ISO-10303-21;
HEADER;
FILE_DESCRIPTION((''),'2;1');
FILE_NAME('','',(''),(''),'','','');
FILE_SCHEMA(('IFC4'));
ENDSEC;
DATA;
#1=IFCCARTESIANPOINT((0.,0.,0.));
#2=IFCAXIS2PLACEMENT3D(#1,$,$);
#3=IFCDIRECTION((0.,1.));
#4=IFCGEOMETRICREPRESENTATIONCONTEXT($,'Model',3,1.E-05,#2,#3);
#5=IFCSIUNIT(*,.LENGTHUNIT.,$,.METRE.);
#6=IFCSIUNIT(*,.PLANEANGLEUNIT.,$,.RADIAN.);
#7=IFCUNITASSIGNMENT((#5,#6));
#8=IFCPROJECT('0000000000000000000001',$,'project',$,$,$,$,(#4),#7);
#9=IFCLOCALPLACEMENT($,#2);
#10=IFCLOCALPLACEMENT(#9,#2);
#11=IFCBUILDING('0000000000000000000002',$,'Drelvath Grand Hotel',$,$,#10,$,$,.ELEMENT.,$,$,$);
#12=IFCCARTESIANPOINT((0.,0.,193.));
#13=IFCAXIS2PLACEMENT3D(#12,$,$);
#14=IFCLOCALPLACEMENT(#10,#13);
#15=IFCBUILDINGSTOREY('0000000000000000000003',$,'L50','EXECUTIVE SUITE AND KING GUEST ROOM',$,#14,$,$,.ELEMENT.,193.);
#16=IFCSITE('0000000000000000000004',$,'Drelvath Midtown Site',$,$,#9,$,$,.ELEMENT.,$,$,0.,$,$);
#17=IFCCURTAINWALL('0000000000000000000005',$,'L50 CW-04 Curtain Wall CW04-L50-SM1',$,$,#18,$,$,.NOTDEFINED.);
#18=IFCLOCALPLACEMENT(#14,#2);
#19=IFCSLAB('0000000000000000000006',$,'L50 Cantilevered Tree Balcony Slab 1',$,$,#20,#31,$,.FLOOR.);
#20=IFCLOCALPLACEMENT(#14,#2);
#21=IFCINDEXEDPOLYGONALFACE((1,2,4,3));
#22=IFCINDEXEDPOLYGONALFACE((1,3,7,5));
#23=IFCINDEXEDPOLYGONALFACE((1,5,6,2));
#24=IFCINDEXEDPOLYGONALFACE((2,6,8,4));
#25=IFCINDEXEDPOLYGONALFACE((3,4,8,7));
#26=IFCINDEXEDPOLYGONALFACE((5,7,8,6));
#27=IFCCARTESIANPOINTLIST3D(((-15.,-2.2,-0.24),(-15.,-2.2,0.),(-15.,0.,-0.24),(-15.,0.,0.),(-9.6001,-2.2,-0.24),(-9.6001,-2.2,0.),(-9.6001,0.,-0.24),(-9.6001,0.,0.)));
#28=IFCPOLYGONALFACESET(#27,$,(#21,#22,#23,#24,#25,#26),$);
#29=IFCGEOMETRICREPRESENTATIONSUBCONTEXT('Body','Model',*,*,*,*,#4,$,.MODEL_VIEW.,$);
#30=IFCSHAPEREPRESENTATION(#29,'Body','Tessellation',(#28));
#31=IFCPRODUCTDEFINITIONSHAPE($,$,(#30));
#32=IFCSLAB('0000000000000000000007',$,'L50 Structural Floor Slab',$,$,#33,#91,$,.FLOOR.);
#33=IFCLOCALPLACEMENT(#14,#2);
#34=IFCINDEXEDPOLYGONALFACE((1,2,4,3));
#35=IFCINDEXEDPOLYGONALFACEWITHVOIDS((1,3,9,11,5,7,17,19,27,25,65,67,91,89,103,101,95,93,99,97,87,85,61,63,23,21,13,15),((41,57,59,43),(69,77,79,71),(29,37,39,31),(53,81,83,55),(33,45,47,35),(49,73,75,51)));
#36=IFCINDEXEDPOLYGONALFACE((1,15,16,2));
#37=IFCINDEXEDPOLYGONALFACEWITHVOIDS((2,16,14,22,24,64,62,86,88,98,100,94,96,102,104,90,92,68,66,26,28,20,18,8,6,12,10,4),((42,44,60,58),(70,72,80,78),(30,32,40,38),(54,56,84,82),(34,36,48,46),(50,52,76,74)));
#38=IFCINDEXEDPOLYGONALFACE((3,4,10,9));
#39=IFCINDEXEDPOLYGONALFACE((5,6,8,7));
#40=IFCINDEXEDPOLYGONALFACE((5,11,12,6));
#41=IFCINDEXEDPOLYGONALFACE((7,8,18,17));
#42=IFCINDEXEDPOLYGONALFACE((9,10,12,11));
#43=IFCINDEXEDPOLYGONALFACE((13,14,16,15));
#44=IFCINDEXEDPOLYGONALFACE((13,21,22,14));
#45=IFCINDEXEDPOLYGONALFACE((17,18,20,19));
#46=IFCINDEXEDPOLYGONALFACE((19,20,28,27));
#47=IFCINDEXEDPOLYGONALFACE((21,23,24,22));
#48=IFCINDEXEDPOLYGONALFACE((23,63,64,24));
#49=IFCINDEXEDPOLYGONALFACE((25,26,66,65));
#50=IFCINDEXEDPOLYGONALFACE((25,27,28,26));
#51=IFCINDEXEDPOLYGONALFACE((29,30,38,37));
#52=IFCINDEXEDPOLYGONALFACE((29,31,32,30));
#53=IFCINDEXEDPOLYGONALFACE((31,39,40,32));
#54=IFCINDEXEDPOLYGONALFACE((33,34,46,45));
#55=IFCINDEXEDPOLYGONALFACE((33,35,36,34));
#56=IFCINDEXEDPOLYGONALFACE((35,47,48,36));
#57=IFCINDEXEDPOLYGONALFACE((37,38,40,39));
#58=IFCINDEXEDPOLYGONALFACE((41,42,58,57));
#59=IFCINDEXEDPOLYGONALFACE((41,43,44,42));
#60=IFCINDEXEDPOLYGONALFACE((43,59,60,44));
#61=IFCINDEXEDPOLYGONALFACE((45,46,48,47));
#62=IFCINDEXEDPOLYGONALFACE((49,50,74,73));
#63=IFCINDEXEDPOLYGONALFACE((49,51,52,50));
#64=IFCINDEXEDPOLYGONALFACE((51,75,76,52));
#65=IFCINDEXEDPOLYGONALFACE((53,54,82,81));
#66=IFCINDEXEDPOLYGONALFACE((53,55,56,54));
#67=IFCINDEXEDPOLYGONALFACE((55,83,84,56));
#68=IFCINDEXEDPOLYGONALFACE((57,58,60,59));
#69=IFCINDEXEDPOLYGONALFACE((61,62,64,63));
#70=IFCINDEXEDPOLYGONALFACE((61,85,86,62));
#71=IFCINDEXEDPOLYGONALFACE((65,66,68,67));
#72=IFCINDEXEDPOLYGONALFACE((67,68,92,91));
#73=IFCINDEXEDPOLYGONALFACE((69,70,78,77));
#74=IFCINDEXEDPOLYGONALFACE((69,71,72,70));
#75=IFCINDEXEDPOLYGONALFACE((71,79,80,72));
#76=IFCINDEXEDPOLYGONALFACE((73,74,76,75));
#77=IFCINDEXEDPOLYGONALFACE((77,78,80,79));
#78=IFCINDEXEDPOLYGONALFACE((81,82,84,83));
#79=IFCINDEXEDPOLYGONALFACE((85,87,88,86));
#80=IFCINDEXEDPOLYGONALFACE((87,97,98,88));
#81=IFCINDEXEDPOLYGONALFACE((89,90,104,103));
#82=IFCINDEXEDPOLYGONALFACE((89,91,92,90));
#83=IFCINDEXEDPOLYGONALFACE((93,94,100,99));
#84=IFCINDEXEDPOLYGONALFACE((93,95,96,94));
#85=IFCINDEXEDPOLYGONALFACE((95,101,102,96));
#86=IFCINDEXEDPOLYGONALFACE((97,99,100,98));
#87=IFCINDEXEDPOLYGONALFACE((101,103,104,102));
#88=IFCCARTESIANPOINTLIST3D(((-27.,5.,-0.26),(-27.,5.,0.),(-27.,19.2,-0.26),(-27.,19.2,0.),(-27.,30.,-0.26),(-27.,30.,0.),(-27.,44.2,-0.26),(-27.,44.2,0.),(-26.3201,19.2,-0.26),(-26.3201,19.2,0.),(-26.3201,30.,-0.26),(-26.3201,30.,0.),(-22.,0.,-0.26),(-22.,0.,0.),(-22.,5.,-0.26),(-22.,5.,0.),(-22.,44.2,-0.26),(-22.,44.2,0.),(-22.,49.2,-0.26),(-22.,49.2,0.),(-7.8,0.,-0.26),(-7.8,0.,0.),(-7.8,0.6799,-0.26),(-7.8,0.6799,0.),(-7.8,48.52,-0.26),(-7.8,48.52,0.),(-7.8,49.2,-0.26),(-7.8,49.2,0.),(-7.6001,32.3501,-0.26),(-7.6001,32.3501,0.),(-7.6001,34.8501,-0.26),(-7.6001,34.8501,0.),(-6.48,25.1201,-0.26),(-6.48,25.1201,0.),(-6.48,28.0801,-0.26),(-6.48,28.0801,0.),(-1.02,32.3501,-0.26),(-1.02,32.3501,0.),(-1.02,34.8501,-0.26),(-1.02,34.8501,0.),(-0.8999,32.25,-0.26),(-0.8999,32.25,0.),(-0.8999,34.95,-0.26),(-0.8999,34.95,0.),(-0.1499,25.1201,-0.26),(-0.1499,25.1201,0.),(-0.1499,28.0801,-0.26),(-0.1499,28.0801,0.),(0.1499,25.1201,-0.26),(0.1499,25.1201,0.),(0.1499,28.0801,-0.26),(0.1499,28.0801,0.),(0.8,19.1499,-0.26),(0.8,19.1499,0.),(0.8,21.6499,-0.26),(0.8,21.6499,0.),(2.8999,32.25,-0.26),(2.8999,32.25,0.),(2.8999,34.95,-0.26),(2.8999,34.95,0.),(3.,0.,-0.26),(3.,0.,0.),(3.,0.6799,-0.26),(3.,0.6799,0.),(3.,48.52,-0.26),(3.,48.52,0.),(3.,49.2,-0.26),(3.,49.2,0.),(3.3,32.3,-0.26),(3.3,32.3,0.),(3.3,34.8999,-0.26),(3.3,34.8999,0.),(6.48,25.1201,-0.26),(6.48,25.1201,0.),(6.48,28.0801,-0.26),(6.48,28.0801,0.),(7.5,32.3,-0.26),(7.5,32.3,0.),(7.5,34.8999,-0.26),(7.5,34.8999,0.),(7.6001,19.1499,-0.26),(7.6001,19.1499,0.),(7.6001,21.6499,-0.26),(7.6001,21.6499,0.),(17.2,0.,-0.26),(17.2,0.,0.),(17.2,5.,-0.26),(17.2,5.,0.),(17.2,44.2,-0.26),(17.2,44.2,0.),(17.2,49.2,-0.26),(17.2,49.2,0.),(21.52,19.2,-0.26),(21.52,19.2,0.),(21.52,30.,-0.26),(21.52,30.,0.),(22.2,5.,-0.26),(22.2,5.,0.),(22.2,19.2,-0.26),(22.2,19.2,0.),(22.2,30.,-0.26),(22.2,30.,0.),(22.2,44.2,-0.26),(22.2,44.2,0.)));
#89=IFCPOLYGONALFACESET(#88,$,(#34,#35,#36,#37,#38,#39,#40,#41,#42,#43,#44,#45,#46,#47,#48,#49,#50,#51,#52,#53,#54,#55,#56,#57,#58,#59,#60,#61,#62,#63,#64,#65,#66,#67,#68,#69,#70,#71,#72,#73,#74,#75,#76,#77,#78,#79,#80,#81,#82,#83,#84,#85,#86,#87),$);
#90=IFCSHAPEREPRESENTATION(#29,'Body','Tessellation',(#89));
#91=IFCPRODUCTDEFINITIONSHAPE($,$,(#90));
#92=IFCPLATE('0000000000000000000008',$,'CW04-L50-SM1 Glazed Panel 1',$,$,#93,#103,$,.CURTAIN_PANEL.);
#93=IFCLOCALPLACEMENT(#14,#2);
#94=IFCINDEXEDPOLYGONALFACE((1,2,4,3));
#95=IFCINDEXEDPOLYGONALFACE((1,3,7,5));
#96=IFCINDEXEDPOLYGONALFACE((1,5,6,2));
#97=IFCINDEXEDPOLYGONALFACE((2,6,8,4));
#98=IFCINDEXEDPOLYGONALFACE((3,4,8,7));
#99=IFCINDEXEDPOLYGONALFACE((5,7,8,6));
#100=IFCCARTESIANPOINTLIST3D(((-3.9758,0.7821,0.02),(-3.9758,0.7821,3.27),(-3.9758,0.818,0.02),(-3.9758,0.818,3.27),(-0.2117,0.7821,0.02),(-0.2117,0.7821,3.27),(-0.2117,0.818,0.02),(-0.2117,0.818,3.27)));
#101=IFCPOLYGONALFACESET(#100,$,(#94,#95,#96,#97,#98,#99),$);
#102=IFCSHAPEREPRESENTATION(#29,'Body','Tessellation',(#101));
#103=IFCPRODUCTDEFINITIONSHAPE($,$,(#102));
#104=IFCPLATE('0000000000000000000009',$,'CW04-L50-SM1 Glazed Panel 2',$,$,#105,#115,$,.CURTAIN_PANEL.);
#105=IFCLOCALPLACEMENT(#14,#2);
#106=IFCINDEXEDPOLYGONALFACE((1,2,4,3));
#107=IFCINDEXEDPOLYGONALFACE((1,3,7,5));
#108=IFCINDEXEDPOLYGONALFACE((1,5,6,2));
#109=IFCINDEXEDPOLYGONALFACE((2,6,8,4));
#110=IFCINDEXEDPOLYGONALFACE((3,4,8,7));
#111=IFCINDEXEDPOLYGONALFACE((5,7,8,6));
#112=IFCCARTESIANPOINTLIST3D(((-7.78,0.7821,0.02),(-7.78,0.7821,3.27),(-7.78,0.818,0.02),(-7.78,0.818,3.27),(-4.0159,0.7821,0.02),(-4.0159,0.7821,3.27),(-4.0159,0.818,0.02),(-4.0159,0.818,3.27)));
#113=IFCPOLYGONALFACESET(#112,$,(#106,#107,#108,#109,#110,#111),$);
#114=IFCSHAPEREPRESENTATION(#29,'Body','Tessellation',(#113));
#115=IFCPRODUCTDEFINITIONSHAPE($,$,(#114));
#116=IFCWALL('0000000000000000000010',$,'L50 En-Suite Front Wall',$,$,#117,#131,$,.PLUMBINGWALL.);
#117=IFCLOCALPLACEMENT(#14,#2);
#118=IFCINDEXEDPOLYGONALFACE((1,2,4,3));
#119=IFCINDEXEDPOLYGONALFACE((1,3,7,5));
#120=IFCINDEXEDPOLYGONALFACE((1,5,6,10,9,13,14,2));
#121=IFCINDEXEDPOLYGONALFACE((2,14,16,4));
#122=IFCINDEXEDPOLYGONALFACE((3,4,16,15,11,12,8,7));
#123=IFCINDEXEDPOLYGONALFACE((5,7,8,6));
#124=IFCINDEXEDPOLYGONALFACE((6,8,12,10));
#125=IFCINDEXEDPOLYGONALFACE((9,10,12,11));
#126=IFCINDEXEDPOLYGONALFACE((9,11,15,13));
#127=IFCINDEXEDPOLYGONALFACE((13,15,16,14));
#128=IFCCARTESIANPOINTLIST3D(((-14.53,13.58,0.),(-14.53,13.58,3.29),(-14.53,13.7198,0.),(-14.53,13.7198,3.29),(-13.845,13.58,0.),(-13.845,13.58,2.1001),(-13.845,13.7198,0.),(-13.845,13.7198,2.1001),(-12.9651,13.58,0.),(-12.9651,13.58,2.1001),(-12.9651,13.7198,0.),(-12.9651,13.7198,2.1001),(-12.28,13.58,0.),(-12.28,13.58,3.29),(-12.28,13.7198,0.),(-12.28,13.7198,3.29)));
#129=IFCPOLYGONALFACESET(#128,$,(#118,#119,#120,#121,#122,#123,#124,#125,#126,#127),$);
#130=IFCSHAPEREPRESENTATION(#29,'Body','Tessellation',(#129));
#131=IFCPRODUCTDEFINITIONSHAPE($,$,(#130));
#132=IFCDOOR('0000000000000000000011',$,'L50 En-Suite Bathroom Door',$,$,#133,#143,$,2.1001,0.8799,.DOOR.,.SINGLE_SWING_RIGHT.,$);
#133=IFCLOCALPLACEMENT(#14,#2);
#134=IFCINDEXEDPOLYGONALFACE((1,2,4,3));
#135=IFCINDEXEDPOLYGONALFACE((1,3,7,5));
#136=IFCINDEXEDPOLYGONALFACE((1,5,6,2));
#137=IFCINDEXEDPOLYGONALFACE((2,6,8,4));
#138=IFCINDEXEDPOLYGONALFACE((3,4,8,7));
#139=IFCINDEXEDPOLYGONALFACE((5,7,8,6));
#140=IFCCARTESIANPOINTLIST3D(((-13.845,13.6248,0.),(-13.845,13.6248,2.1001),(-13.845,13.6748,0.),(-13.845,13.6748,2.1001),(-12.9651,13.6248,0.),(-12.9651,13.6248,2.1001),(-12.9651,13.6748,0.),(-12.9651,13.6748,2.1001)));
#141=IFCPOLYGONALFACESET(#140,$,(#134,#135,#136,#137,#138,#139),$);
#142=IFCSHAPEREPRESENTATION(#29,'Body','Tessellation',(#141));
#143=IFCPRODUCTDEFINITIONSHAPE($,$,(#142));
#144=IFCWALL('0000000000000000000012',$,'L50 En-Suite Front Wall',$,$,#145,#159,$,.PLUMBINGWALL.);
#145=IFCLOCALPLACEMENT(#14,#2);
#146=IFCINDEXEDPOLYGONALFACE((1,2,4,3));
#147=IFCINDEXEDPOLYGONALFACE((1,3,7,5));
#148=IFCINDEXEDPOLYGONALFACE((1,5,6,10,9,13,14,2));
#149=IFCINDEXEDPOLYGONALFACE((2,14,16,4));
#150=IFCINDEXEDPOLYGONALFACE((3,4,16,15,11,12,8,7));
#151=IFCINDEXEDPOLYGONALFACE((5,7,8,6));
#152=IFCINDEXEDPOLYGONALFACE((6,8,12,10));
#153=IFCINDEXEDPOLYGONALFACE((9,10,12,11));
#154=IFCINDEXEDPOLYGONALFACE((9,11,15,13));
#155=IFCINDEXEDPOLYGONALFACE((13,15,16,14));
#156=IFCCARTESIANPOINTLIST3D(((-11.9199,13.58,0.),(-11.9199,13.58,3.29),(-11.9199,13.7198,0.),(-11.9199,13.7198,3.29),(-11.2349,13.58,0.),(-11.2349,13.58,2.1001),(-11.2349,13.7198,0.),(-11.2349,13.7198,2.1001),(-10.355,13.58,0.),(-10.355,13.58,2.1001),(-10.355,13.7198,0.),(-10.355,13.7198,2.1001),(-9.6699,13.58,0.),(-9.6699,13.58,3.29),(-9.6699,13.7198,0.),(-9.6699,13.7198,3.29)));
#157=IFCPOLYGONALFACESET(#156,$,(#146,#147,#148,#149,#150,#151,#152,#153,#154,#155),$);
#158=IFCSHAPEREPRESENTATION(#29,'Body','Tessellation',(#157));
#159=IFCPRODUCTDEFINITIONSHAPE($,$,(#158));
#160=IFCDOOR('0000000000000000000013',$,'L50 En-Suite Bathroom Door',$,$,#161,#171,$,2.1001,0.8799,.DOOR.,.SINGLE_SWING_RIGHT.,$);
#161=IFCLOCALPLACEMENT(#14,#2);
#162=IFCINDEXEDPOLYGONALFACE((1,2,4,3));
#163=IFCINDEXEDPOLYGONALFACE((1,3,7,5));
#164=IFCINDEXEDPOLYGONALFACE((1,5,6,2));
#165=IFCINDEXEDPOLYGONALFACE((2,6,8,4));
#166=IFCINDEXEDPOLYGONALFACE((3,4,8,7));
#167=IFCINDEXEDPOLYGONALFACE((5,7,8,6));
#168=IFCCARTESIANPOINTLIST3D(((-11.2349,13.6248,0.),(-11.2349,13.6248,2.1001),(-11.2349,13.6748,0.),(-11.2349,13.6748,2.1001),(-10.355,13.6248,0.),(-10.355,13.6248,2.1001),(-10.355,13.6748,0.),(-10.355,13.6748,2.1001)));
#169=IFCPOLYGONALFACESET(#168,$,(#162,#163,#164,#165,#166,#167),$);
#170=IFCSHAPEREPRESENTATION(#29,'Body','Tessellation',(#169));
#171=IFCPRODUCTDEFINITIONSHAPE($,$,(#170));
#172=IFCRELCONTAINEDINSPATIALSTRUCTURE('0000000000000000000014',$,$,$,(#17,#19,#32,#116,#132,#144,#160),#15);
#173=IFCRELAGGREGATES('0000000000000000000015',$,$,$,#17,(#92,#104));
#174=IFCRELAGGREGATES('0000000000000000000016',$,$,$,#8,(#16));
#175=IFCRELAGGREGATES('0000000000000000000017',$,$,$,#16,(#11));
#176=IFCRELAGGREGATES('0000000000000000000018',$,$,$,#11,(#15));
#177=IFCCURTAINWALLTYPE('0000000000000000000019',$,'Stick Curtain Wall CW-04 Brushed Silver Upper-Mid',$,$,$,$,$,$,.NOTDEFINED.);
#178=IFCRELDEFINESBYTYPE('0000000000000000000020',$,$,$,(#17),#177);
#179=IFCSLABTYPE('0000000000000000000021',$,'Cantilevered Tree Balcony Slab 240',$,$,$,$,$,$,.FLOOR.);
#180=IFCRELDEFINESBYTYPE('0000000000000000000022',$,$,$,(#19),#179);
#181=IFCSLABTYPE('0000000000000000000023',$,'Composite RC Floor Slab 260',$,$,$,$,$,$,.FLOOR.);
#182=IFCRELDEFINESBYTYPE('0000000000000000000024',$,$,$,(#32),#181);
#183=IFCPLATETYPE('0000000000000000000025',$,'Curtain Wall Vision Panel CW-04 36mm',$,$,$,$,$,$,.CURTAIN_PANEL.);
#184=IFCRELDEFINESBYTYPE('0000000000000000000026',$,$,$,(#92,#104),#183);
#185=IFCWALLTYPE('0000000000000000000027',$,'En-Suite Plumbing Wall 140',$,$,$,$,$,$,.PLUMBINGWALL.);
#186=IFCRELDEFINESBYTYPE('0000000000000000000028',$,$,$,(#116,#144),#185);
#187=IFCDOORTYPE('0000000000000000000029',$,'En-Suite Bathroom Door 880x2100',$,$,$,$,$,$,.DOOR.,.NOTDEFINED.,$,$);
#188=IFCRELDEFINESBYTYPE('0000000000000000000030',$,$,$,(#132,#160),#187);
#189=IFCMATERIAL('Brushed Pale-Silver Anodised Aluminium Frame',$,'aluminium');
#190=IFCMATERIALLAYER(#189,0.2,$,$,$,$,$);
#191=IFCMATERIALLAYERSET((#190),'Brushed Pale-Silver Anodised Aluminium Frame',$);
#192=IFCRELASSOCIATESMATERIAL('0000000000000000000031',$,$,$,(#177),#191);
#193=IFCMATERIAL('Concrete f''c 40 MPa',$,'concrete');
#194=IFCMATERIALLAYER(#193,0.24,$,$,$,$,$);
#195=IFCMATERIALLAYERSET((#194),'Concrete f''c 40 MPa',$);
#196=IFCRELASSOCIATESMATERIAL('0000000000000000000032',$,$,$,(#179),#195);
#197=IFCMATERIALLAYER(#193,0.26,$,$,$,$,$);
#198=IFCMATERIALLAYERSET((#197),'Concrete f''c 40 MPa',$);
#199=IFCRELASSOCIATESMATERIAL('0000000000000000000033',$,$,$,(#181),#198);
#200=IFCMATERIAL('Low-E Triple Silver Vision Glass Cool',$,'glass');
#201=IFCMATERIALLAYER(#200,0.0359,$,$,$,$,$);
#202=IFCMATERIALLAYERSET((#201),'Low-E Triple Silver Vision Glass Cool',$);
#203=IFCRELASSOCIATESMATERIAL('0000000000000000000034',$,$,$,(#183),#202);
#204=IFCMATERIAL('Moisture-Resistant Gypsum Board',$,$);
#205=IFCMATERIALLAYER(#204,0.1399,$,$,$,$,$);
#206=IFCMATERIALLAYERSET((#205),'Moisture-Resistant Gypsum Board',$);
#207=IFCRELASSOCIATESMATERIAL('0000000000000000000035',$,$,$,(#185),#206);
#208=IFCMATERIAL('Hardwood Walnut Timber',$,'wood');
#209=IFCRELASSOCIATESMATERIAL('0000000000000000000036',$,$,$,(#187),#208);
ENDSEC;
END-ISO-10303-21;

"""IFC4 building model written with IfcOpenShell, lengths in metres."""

from ifc_helpers import new_model, si_unit, direction, frame, frame_2d, origin, origin_2d, place, context, subcontext, project, spatial, polyline, rectangle, outline, extrude, material, layer, layer_set, type_object, element, fill, aggregate, save


model = new_model("IFC4")

# Units and contexts
model_context = context("Model", 3, precision=1e-05, world=origin(), true_north=direction((0.0, 1.0)))
body_context = subcontext(model_context, "Body", "Model", "MODEL_VIEW")
ifc_project = project(units=[si_unit("LENGTHUNIT", "METRE"), si_unit("PLANEANGLEUNIT", "RADIAN")], contexts=[model_context])

# Site, building, storey
site_placement = place(None, origin())
site = spatial("IfcSite", under=ifc_project, at=site_placement, Name="Drelvath Midtown Site", CompositionType="ELEMENT", RefElevation=0.0)
building_placement = place(site_placement, origin())
building = spatial("IfcBuilding", under=site, at=building_placement, Name="Drelvath Grand Hotel", CompositionType="ELEMENT")
storey_placement = place(building_placement, frame((0.0, 0.0, 193.0)))
storey = spatial("IfcBuildingStorey", under=building, at=storey_placement, Name="L50", Description="EXECUTIVE SUITE AND KING GUEST ROOM", CompositionType="ELEMENT", Elevation=193.0)

# Curtain wall
ifc_material_1 = material(Name="Brushed Pale-Silver Anodised Aluminium Frame", Category="aluminium")
ifc_layer_1 = layer(ifc_material_1, 0.2)
ifc_layer_set_1 = layer_set([ifc_layer_1], Name="Brushed Pale-Silver Anodised Aluminium Frame")
curtain_wall_type = type_object("IfcCurtainWallType", Name="Stick Curtain Wall CW-04 Brushed Silver Upper-Mid", PredefinedType="NOTDEFINED", material=ifc_layer_set_1)
curtain_wall_placement = place(storey_placement, origin())
curtain_wall = element("IfcCurtainWall", 1, at=curtain_wall_placement, inside=storey, type_object=curtain_wall_type, Name="L50 CW-04 Curtain Wall CW04-L50-SM1", PredefinedType="NOTDEFINED")

# Slabs
ifc_material_2 = material(Name="Concrete f'c 40 MPa", Category="concrete")
ifc_layer_2 = layer(ifc_material_2, 0.24)
ifc_layer_set_2 = layer_set([ifc_layer_2], Name="Concrete f'c 40 MPa")
slab_type_1 = type_object("IfcSlabType", Name="Cantilevered Tree Balcony Slab 240", PredefinedType="FLOOR", material=ifc_layer_set_2)
slab_1_placement = place(storey_placement, frame((0.0, 0.0, -0.24)))
element("IfcSlab", 2, at=slab_1_placement, inside=storey, type_object=slab_type_1, Name="L50 Cantilevered Tree Balcony Slab 1", PredefinedType="FLOOR", context=body_context, shape_type="SweptSolid", body=[
    extrude(outline(polyline([(-15.0, -2.2), (-9.6001, -2.2), (-9.6001, 0.0), (-15.0, 0.0), (-15.0, -2.2)])), origin(), (0.0, 0.0, 1.0), 0.24),
])
ifc_layer_3 = layer(ifc_material_2, 0.26)
ifc_layer_set_3 = layer_set([ifc_layer_3], Name="Concrete f'c 40 MPa")
slab_type_2 = type_object("IfcSlabType", Name="Composite RC Floor Slab 260", PredefinedType="FLOOR", material=ifc_layer_set_3)
slab_2_placement = place(storey_placement, frame((0.0, 0.0, -0.26)))
element("IfcSlab", 3, at=slab_2_placement, inside=storey, type_object=slab_type_2, Name="L50 Structural Floor Slab", PredefinedType="FLOOR", context=body_context, shape_type="SweptSolid", body=[
    extrude(outline(polyline([(-22.0, 0.0), (-7.8, 0.0), (-7.8, 0.6799), (3.0, 0.6799), (3.0, 0.0), (17.2, 0.0), (17.2, 5.0), (22.2, 5.0), (22.2, 19.2), (21.52, 19.2), (21.52, 30.0), (22.2, 30.0), (22.2, 44.2), (17.2, 44.2), (17.2, 49.2), (3.0, 49.2), (3.0, 48.52), (-7.8, 48.52), (-7.8, 49.2), (-22.0, 49.2), (-22.0, 44.2), (-27.0, 44.2), (-27.0, 30.0), (-26.3201, 30.0), (-26.3201, 19.2), (-27.0, 19.2), (-27.0, 5.0), (-22.0, 5.0), (-22.0, 0.0)]), holes=[polyline([(-6.48, 25.1201), (-6.48, 28.0801), (-0.1499, 28.0801), (-0.1499, 25.1201), (-6.48, 25.1201)]), polyline([(0.1499, 25.1201), (0.1499, 28.0801), (6.48, 28.0801), (6.48, 25.1201), (0.1499, 25.1201)]), polyline([(0.8, 19.1499), (0.8, 21.6499), (7.6001, 21.6499), (7.6001, 19.1499), (0.8, 19.1499)]), polyline([(-7.6001, 32.3501), (-7.6001, 34.8501), (-1.02, 34.8501), (-1.02, 32.3501), (-7.6001, 32.3501)]), polyline([(-0.8999, 32.25), (-0.8999, 34.95), (2.8999, 34.95), (2.8999, 32.25), (-0.8999, 32.25)]), polyline([(3.3, 32.3), (3.3, 34.8999), (7.5, 34.8999), (7.5, 32.3), (3.3, 32.3)])]), origin(), (0.0, 0.0, 1.0), 0.26),
])

# Plates
ifc_material_3 = material(Name="Low-E Triple Silver Vision Glass Cool", Category="glass")
ifc_layer_4 = layer(ifc_material_3, 0.0359)
ifc_layer_set_4 = layer_set([ifc_layer_4], Name="Low-E Triple Silver Vision Glass Cool")
plate_type = type_object("IfcPlateType", Name="Curtain Wall Vision Panel CW-04 36mm", PredefinedType="CURTAIN_PANEL", material=ifc_layer_set_4)
plate_1_placement = place(storey_placement, frame((-2.0938, 0.8, 0.02), z_axis=(0.0, 0.0, 1.0), x_axis=(-1.0, 0.0, 0.0)))
plate_1 = element("IfcPlate", 4, at=plate_1_placement, type_object=plate_type, Name="CW04-L50-SM1 Glazed Panel 1", PredefinedType="CURTAIN_PANEL", context=body_context, shape_type="SweptSolid", body=[
    extrude(rectangle(XDim=3.7642, YDim=0.0359, at=origin_2d()), origin(), (0.0, 0.0, 1.0), 3.25),
])
plate_2_placement = place(storey_placement, frame((-5.8979, 0.8, 0.02), z_axis=(0.0, 0.0, 1.0), x_axis=(-1.0, 0.0, 0.0)))
plate_2 = element("IfcPlate", 5, at=plate_2_placement, type_object=plate_type, Name="CW04-L50-SM1 Glazed Panel 2", PredefinedType="CURTAIN_PANEL", context=body_context, shape_type="SweptSolid", body=[
    extrude(rectangle(XDim=3.7642, YDim=0.0359, at=origin_2d()), origin(), (0.0, 0.0, 1.0), 3.25),
])
aggregate(curtain_wall, [plate_1, plate_2])

# Walls, openings, doors
ifc_material_4 = material(Name="Moisture-Resistant Gypsum Board")
ifc_layer_5 = layer(ifc_material_4, 0.1399)
ifc_layer_set_5 = layer_set([ifc_layer_5], Name="Moisture-Resistant Gypsum Board")
wall_type_1 = type_object("IfcWallType", Name="En-Suite Plumbing Wall 140", PredefinedType="PLUMBINGWALL", material=ifc_layer_set_5)
wall_1_placement = place(storey_placement, frame((-14.53, 13.6499, 0.0), z_axis=(0.0, 0.0, 1.0), x_axis=(1.0, 0.0, 0.0)))
wall_1 = element("IfcWall", 6, at=wall_1_placement, inside=storey, type_object=wall_type_1, Name="L50 En-Suite Front Wall", PredefinedType="PLUMBINGWALL", context=body_context, shape_type="SweptSolid", body=[
    extrude(rectangle(XDim=2.25, YDim=0.1399, at=frame_2d((1.125, 0.0))), origin(), (0.0, 0.0, 1.0), 3.29),
])
opening_1_placement = place(wall_1_placement, frame((0.6851, 0.0, 0.0)))
opening_1 = element("IfcOpeningElement", 7, at=opening_1_placement, cuts=wall_1, PredefinedType="OPENING", context=body_context, shape_type="SweptSolid", body=[
    extrude(rectangle(XDim=0.8799, YDim=2.1001, at=frame_2d((0.4399, 1.05))), frame((0.0, 0.0798, 0.0), z_axis=(0.0, -1.0, 0.0), x_axis=(1.0, 0.0, 0.0)), (0.0, 0.0, 1.0), 0.1599),
])
ifc_material_5 = material(Name="Hardwood Walnut Timber", Category="wood")
door_type_1 = type_object("IfcDoorType", Name="En-Suite Bathroom Door 880x2100", OperationType="NOTDEFINED", PredefinedType="DOOR", material=ifc_material_5)
door_1_placement = place(opening_1_placement, origin())
door_1 = element("IfcDoor", 8, at=door_1_placement, inside=storey, type_object=door_type_1, Name="L50 En-Suite Bathroom Door", OperationType="SINGLE_SWING_RIGHT", OverallHeight=2.1001, OverallWidth=0.8799, PredefinedType="DOOR", context=body_context, shape_type="SweptSolid", body=[
    extrude(rectangle(XDim=0.8799, YDim=2.1001, at=frame_2d((0.4399, 1.05))), frame((0.0, 0.0249, 0.0), z_axis=(0.0, -1.0, 0.0), x_axis=(1.0, 0.0, 0.0)), (0.0, 0.0, 1.0), 0.05),
])
fill(opening_1, door_1)
wall_2_placement = place(storey_placement, frame((-11.9199, 13.6499, 0.0), z_axis=(0.0, 0.0, 1.0), x_axis=(1.0, 0.0, 0.0)))
wall_2 = element("IfcWall", 9, at=wall_2_placement, inside=storey, type_object=wall_type_1, Name="L50 En-Suite Front Wall", PredefinedType="PLUMBINGWALL", context=body_context, shape_type="SweptSolid", body=[
    extrude(rectangle(XDim=2.25, YDim=0.1399, at=frame_2d((1.125, 0.0))), origin(), (0.0, 0.0, 1.0), 3.29),
])
opening_2_placement = place(wall_2_placement, frame((0.6851, 0.0, 0.0)))
opening_2 = element("IfcOpeningElement", 10, at=opening_2_placement, cuts=wall_2, PredefinedType="OPENING", context=body_context, shape_type="SweptSolid", body=[
    extrude(rectangle(XDim=0.8799, YDim=2.1001, at=frame_2d((0.4399, 1.05))), frame((0.0, 0.0798, 0.0), z_axis=(0.0, -1.0, 0.0), x_axis=(1.0, 0.0, 0.0)), (0.0, 0.0, 1.0), 0.1599),
])
door_2_placement = place(opening_2_placement, origin())
door_2 = element("IfcDoor", 11, at=door_2_placement, inside=storey, type_object=door_type_1, Name="L50 En-Suite Bathroom Door", OperationType="SINGLE_SWING_RIGHT", OverallHeight=2.1001, OverallWidth=0.8799, PredefinedType="DOOR", context=body_context, shape_type="SweptSolid", body=[
    extrude(rectangle(XDim=0.8799, YDim=2.1001, at=frame_2d((0.4399, 1.05))), frame((0.0, 0.0249, 0.0), z_axis=(0.0, -1.0, 0.0), x_axis=(1.0, 0.0, 0.0)), (0.0, 0.0, 1.0), 0.05),
])
fill(opening_2, door_2)

save(model, "model.ifc")
